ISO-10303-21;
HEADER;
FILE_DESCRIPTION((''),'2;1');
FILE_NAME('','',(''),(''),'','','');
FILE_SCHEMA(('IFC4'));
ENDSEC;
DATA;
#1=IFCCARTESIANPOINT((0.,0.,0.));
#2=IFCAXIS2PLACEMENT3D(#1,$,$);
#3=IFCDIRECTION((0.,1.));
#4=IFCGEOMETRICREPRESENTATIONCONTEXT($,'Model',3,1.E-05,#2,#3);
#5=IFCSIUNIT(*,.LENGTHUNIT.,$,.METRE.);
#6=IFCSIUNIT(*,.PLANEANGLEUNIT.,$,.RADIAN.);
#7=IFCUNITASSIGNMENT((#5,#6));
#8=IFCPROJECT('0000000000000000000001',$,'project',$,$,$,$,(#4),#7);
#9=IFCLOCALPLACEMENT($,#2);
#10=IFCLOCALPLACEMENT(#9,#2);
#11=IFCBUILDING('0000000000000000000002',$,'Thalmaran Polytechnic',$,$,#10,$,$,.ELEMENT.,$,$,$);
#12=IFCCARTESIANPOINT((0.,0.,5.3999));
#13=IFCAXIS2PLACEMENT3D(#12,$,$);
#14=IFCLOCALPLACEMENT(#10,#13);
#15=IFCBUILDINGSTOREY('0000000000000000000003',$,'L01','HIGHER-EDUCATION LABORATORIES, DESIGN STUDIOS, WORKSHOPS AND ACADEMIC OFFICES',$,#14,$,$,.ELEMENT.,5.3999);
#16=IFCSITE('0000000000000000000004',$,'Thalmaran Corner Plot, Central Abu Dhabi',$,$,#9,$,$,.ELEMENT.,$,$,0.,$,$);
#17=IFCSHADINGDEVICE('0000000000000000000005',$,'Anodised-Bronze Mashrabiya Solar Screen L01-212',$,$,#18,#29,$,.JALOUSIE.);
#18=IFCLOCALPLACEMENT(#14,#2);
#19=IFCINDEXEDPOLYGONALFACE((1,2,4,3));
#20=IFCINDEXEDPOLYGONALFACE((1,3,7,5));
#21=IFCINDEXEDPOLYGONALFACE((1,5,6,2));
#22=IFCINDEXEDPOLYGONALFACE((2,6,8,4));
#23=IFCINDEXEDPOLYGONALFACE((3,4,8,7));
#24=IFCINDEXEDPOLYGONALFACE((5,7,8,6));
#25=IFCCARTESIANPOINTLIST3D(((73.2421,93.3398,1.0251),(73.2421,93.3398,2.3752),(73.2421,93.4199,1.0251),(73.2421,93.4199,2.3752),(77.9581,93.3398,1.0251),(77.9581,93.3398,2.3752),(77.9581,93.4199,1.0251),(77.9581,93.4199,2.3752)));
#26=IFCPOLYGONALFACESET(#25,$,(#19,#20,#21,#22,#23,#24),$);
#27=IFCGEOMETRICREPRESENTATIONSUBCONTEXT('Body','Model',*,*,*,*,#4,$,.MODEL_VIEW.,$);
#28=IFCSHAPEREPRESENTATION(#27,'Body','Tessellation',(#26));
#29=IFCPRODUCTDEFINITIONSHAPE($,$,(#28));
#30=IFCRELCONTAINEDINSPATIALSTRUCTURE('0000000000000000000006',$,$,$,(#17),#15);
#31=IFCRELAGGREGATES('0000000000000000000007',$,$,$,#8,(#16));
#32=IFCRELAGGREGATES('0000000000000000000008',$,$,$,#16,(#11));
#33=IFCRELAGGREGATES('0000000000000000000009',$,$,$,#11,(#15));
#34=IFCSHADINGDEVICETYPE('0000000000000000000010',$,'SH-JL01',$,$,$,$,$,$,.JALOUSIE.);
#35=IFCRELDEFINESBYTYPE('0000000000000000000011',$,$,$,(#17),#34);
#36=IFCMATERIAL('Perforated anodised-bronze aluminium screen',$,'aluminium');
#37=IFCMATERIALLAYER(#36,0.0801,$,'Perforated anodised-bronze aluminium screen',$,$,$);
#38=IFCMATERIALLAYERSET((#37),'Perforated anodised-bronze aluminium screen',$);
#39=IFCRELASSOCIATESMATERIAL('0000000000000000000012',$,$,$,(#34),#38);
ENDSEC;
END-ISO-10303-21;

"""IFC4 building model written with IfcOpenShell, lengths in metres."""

from ifc_helpers import new_model, si_unit, direction, frame, origin, origin_2d, place, context, subcontext, project, spatial, rectangle, extrude, material, layer, layer_set, type_object, element, save


model = new_model("IFC4")

# Units and contexts
model_context = context("Model", 3, precision=1e-05, world=origin(), true_north=direction((0.0, 1.0)))
body_context = subcontext(model_context, "Body", "Model", "MODEL_VIEW")
ifc_project = project(units=[si_unit("LENGTHUNIT", "METRE"), si_unit("PLANEANGLEUNIT", "RADIAN")], contexts=[model_context])

# Site, building, storey
site_placement = place(None, origin())
site = spatial("IfcSite", under=ifc_project, at=site_placement, Name="Thalmaran Corner Plot, Central Abu Dhabi", CompositionType="ELEMENT", RefElevation=0.0)
building_placement = place(site_placement, origin())
building = spatial("IfcBuilding", under=site, at=building_placement, Name="Thalmaran Polytechnic", CompositionType="ELEMENT")
storey_placement = place(building_placement, frame((0.0, 0.0, 5.3999)))
storey = spatial("IfcBuildingStorey", under=building, at=storey_placement, Name="L01", Description="HIGHER-EDUCATION LABORATORIES, DESIGN STUDIOS, WORKSHOPS AND ACADEMIC OFFICES", CompositionType="ELEMENT", Elevation=5.3999)

# Shading device
ifc_material_1 = material(Name="Perforated anodised-bronze aluminium screen", Category="aluminium")
ifc_layer_1 = layer(ifc_material_1, 0.0801, Name="Perforated anodised-bronze aluminium screen")
ifc_layer_set_1 = layer_set([ifc_layer_1], Name="Perforated anodised-bronze aluminium screen")
shading_device_type = type_object("IfcShadingDeviceType", Name="SH-JL01", PredefinedType="JALOUSIE", material=ifc_layer_set_1)
shading_device_placement = place(storey_placement, frame((75.6001, 93.3799, 1.0251), z_axis=(0.0, 0.0, 1.0), x_axis=(-1.0, 0.0, 0.0)))
element("IfcShadingDevice", 1, at=shading_device_placement, inside=storey, type_object=shading_device_type, Name="Anodised-Bronze Mashrabiya Solar Screen L01-212", PredefinedType="JALOUSIE", context=body_context, shape_type="SweptSolid", body=[
    extrude(rectangle(XDim=4.7161, YDim=0.0801, at=origin_2d()), origin(), (0.0, 0.0, 1.0), 1.3501),
])

save(model, "model.ifc")
